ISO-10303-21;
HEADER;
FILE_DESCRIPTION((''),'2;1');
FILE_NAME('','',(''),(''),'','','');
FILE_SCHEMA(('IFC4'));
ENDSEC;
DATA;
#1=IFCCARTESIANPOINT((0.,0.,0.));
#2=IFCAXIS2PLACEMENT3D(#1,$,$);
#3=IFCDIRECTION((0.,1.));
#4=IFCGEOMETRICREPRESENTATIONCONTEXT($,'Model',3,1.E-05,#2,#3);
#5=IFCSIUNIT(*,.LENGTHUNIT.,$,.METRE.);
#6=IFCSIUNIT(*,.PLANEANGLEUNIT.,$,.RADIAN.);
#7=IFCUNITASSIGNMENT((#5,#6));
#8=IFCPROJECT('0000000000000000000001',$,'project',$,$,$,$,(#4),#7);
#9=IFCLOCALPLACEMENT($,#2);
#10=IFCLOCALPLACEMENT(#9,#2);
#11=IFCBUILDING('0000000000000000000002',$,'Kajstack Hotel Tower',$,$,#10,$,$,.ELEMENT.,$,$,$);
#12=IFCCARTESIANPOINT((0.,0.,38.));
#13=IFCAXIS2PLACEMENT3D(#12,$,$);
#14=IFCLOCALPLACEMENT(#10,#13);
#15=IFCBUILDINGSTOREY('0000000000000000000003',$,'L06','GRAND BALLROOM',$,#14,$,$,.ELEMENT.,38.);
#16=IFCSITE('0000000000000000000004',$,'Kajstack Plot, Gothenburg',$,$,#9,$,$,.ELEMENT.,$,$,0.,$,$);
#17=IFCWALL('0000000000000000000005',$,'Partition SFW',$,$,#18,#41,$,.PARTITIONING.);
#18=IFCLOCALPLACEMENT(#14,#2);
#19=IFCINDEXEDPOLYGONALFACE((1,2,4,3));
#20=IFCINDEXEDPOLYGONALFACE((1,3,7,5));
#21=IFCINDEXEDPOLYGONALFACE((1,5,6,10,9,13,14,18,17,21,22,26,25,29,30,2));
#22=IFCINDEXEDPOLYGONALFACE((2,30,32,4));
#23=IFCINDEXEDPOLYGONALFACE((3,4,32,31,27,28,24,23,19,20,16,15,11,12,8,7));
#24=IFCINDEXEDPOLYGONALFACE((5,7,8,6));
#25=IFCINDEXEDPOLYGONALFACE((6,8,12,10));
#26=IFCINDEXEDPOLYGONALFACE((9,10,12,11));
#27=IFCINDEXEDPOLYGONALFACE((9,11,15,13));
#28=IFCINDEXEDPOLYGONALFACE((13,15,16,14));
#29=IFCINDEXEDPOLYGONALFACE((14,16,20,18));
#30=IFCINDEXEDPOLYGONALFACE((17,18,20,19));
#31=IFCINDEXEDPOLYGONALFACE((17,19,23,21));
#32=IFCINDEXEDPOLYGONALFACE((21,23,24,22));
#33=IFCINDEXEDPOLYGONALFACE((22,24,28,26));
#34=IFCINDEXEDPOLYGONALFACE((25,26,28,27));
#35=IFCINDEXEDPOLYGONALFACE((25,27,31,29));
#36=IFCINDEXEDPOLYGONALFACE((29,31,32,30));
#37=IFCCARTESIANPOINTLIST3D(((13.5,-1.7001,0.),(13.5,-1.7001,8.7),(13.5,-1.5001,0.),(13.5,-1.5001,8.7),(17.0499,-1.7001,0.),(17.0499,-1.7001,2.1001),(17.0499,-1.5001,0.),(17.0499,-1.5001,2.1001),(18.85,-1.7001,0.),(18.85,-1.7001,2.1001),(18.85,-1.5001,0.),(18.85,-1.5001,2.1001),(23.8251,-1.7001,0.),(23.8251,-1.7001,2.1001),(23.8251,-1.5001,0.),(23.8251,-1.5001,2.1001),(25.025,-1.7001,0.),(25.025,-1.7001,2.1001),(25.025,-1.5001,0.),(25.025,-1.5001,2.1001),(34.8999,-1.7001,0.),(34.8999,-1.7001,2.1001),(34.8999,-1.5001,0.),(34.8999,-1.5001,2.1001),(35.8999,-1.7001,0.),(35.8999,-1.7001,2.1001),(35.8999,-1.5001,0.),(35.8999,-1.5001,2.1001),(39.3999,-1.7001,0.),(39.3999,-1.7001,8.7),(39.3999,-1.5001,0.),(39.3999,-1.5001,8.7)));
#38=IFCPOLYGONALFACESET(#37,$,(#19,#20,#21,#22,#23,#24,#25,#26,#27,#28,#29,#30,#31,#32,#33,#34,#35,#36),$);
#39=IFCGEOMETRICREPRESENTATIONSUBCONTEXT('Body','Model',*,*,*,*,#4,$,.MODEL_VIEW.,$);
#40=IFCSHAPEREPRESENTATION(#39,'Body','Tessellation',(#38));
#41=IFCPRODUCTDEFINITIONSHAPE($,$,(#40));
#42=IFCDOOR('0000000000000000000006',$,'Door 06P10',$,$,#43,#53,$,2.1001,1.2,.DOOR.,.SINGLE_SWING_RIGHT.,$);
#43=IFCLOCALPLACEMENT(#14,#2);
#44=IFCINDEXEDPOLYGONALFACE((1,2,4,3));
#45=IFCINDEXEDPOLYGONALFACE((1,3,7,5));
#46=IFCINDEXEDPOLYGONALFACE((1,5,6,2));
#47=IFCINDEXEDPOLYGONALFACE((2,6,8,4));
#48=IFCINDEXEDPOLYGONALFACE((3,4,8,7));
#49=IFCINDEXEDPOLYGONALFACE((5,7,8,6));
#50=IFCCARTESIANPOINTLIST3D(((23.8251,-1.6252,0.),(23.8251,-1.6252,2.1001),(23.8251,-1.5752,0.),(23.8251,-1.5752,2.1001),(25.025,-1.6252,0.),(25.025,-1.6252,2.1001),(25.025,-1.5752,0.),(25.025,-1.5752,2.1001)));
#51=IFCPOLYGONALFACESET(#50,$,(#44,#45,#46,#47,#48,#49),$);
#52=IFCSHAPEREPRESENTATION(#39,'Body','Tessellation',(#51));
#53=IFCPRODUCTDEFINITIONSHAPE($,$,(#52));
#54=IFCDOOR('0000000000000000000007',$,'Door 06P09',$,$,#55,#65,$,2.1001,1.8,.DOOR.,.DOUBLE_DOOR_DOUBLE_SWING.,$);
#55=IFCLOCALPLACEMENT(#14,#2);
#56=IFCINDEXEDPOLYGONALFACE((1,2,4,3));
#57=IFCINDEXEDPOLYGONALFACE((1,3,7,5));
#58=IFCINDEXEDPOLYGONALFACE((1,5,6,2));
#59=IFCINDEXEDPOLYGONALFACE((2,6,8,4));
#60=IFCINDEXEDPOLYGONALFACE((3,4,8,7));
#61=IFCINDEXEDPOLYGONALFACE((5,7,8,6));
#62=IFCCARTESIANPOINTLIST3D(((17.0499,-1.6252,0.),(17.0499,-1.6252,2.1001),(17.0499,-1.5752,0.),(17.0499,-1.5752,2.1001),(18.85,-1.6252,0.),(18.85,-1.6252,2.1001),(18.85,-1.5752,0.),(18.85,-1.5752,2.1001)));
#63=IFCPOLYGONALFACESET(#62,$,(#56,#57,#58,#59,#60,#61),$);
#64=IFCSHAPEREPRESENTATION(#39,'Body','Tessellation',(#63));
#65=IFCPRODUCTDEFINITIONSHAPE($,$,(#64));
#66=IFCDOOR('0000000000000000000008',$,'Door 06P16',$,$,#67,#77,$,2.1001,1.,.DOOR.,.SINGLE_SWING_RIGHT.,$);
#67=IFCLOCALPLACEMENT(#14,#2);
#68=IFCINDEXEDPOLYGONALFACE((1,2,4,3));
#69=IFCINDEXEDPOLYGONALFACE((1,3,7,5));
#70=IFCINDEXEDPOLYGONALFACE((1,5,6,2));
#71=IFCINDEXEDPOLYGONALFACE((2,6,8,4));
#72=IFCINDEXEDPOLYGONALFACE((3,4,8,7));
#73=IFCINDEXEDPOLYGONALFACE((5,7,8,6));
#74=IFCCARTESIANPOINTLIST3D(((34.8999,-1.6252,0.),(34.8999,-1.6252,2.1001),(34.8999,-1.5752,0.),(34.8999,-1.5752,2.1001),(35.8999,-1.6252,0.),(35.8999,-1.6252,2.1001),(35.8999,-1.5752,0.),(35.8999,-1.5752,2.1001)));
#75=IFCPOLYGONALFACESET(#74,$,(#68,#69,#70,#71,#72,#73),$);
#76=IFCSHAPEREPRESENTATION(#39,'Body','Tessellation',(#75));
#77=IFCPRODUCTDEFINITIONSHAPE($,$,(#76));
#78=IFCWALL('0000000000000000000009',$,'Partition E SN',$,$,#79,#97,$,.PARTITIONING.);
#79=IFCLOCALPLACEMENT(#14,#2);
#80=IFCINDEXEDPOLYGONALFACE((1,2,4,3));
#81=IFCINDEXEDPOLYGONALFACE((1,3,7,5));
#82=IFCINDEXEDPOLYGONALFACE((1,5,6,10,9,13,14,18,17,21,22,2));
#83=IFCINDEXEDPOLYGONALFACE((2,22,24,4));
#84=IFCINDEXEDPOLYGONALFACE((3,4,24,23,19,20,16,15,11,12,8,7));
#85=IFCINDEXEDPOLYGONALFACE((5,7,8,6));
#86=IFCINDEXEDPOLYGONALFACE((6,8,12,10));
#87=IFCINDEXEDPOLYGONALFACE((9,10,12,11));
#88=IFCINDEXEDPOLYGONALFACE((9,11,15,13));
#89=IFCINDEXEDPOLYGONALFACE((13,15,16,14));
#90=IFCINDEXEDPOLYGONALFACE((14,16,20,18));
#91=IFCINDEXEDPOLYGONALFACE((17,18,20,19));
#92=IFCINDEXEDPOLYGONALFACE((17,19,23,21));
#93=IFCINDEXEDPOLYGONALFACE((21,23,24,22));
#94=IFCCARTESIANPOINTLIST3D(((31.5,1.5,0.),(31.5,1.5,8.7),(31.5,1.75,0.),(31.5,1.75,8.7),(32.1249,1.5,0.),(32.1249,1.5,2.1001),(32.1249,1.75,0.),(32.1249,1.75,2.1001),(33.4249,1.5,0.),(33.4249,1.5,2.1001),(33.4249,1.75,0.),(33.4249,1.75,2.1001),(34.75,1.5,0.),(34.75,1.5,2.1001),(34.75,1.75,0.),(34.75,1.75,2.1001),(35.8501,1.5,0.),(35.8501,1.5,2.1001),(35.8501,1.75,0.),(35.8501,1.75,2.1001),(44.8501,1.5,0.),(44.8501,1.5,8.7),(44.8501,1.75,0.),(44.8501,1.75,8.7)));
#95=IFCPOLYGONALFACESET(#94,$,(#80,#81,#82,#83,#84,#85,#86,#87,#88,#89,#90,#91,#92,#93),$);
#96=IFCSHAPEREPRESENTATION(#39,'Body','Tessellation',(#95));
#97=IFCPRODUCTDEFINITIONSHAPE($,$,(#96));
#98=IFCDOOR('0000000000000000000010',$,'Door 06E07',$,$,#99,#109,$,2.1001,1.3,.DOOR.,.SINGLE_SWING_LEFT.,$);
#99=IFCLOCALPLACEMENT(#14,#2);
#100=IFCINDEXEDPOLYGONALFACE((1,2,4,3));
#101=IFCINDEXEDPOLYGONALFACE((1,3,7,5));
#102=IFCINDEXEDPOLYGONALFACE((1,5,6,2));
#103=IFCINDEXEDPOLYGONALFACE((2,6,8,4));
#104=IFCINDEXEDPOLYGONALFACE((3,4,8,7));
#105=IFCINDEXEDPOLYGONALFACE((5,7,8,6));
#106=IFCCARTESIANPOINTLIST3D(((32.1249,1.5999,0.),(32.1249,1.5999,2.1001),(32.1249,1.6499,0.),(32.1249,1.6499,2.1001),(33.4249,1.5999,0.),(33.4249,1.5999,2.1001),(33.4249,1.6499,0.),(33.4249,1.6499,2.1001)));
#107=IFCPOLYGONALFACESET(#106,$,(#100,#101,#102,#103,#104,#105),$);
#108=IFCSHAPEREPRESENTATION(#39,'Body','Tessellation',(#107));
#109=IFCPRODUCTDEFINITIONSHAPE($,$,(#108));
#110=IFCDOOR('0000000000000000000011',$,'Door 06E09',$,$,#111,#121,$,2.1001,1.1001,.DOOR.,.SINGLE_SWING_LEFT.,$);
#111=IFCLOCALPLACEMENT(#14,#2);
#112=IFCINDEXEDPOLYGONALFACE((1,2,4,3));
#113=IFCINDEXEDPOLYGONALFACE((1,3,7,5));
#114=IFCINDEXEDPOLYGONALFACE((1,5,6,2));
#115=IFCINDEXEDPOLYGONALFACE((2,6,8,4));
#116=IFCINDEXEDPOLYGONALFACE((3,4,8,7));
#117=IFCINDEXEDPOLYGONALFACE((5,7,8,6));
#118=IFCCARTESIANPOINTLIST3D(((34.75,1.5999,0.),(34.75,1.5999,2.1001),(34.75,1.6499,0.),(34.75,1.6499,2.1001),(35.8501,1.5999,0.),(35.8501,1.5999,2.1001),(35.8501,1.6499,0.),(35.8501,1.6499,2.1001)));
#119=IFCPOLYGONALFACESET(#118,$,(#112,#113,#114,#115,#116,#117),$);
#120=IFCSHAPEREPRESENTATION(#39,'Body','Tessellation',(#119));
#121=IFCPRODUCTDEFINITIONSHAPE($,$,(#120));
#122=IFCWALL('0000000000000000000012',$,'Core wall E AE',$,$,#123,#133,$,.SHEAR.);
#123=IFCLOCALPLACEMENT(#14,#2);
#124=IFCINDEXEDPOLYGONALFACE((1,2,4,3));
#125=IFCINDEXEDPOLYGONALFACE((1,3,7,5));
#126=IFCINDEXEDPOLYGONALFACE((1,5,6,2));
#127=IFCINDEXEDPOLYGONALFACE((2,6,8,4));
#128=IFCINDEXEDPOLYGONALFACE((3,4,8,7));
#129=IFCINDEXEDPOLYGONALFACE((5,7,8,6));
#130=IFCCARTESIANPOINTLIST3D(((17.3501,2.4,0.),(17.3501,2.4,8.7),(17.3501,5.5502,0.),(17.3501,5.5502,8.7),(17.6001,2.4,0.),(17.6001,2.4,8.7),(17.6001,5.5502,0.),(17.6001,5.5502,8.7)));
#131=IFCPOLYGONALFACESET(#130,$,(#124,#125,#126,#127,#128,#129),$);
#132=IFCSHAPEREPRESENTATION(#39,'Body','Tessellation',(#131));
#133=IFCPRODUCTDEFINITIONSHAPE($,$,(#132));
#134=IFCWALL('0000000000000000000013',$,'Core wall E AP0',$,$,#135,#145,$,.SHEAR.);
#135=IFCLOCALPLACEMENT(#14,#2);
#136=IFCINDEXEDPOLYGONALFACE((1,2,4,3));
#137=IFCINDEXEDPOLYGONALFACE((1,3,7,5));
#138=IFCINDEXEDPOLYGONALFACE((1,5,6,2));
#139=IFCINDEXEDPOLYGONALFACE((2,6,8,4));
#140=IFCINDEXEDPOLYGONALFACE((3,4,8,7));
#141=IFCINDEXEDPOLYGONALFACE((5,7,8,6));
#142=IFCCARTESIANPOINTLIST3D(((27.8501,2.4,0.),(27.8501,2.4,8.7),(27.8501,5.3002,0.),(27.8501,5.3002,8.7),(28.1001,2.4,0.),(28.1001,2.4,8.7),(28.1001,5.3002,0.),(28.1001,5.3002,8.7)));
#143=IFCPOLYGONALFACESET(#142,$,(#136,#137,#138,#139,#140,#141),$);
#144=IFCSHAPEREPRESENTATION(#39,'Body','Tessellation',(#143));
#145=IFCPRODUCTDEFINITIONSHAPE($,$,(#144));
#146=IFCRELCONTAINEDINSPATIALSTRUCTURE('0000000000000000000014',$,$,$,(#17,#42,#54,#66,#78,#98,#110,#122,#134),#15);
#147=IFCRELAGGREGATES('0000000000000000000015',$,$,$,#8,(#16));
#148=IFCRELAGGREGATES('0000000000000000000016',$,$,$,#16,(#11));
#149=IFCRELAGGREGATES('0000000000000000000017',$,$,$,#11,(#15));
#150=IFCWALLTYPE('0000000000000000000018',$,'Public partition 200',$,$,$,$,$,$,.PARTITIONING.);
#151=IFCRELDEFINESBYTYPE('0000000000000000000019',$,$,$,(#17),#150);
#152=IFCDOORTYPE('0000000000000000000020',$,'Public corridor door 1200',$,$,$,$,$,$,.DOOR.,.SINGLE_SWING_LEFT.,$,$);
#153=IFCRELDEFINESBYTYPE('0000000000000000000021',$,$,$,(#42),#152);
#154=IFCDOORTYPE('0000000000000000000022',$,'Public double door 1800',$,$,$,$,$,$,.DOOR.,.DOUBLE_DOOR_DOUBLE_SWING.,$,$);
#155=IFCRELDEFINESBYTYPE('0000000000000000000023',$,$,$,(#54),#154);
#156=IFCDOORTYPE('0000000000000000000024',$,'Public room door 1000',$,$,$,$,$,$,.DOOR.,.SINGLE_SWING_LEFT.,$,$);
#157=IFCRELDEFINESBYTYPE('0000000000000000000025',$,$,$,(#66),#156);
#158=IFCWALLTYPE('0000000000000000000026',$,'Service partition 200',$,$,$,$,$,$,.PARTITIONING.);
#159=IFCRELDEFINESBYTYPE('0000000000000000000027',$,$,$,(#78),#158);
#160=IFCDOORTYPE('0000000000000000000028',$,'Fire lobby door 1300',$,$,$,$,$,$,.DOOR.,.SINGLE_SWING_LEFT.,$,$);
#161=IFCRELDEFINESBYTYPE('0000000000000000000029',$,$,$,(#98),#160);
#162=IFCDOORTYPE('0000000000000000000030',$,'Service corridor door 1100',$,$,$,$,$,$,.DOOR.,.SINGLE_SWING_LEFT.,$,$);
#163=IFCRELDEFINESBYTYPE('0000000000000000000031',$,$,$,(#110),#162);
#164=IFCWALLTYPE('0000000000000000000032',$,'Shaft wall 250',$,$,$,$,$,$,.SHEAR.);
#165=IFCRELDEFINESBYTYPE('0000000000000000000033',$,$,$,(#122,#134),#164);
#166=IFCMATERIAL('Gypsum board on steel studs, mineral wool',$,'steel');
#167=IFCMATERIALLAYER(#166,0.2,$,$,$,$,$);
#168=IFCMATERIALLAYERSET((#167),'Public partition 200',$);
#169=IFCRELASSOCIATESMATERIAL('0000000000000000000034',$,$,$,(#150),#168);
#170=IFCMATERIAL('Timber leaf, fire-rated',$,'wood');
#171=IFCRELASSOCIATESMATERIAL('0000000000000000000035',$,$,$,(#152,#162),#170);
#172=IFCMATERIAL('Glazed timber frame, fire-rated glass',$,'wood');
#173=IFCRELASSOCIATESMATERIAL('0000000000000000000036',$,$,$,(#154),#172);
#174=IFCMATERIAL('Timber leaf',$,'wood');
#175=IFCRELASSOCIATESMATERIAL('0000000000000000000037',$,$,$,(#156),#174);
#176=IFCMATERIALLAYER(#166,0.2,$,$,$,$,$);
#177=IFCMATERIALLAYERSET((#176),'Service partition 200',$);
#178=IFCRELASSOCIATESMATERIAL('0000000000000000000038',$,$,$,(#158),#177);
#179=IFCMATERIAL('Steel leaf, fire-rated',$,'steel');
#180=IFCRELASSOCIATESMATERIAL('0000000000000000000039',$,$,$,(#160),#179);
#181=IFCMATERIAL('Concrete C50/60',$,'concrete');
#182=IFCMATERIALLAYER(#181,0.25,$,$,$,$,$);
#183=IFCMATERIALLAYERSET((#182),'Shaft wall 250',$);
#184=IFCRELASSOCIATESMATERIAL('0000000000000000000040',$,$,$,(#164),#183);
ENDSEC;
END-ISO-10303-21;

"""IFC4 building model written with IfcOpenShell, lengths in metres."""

from ifc_helpers import new_model, si_unit, direction, frame, frame_2d, origin, place, context, subcontext, project, spatial, rectangle, extrude, material, layer, layer_set, type_object, element, fill, save


model = new_model("IFC4")

# Units and contexts
model_context = context("Model", 3, precision=1e-05, world=origin(), true_north=direction((0.0, 1.0)))
body_context = subcontext(model_context, "Body", "Model", "MODEL_VIEW")
ifc_project = project(units=[si_unit("LENGTHUNIT", "METRE"), si_unit("PLANEANGLEUNIT", "RADIAN")], contexts=[model_context])

# Site, building, storey
site_placement = place(None, origin())
site = spatial("IfcSite", under=ifc_project, at=site_placement, Name="Kajstack Plot, Gothenburg", CompositionType="ELEMENT", RefElevation=0.0)
building_placement = place(site_placement, origin())
building = spatial("IfcBuilding", under=site, at=building_placement, Name="Kajstack Hotel Tower", CompositionType="ELEMENT")
storey_placement = place(building_placement, frame((0.0, 0.0, 38.0)))
storey = spatial("IfcBuildingStorey", under=building, at=storey_placement, Name="L06", Description="GRAND BALLROOM", CompositionType="ELEMENT", Elevation=38.0)

# Shared definitions
ifc_material_1 = material(Name="Concrete C50/60", Category="concrete")
ifc_material_2 = material(Name="Gypsum board on steel studs, mineral wool", Category="steel")
ifc_layer_1 = layer(ifc_material_2, 0.2)
ifc_layer_set_1 = layer_set([ifc_layer_1], Name="Public partition 200")
wall_type_1 = type_object("IfcWallType", Name="Public partition 200", PredefinedType="PARTITIONING", material=ifc_layer_set_1)

# Walls, openings, doors
wall_1_placement = place(storey_placement, frame((13.5, -1.6001, 0.0), z_axis=(0.0, 0.0, 1.0), x_axis=(1.0, 0.0, 0.0)))
wall_1 = element("IfcWall", 1, at=wall_1_placement, inside=storey, type_object=wall_type_1, Name="Partition SFW", PredefinedType="PARTITIONING", context=body_context, shape_type="SweptSolid", body=[
    extrude(rectangle(XDim=25.8999, YDim=0.2, at=frame_2d((12.95, 0.0))), origin(), (0.0, 0.0, 1.0), 8.7),
])
opening_1_placement = place(wall_1_placement, frame((3.55, 0.0, 0.0)))
opening_1 = element("IfcOpeningElement", 2, at=opening_1_placement, cuts=wall_1, PredefinedType="OPENING", context=body_context, shape_type="SweptSolid", body=[
    extrude(rectangle(XDim=1.8, YDim=2.1001, at=frame_2d((0.8999, 1.05))), frame((0.0, 0.1099, 0.0), z_axis=(0.0, -1.0, 0.0), x_axis=(1.0, 0.0, 0.0)), (0.0, 0.0, 1.0), 0.22),
])
opening_2_placement = place(wall_1_placement, frame((10.325, 0.0, 0.0)))
opening_2 = element("IfcOpeningElement", 3, at=opening_2_placement, cuts=wall_1, PredefinedType="OPENING", context=body_context, shape_type="SweptSolid", body=[
    extrude(rectangle(XDim=1.2, YDim=2.1001, at=frame_2d((0.6001, 1.05))), frame((0.0, 0.1099, 0.0), z_axis=(0.0, -1.0, 0.0), x_axis=(1.0, 0.0, 0.0)), (0.0, 0.0, 1.0), 0.22),
])
opening_3_placement = place(wall_1_placement, frame((21.3999, 0.0, 0.0)))
opening_3 = element("IfcOpeningElement", 4, at=opening_3_placement, cuts=wall_1, PredefinedType="OPENING", context=body_context, shape_type="SweptSolid", body=[
    extrude(rectangle(XDim=1.0, YDim=2.1001, at=frame_2d((0.5, 1.05))), frame((0.0, 0.1099, 0.0), z_axis=(0.0, -1.0, 0.0), x_axis=(1.0, 0.0, 0.0)), (0.0, 0.0, 1.0), 0.22),
])
ifc_material_3 = material(Name="Timber leaf, fire-rated", Category="wood")
door_type_1 = type_object("IfcDoorType", Name="Public corridor door 1200", OperationType="SINGLE_SWING_LEFT", PredefinedType="DOOR", material=ifc_material_3)
door_1_placement = place(opening_2_placement, origin())
door_1 = element("IfcDoor", 5, at=door_1_placement, inside=storey, type_object=door_type_1, Name="Door 06P10", OperationType="SINGLE_SWING_RIGHT", OverallHeight=2.1001, OverallWidth=1.2, PredefinedType="DOOR", context=body_context, shape_type="SweptSolid", body=[
    extrude(rectangle(XDim=1.2, YDim=2.1001, at=frame_2d((0.6001, 1.05))), frame((0.0, 0.0249, 0.0), z_axis=(0.0, -1.0, 0.0), x_axis=(1.0, 0.0, 0.0)), (0.0, 0.0, 1.0), 0.05),
])
fill(opening_2, door_1)
ifc_material_4 = material(Name="Glazed timber frame, fire-rated glass", Category="wood")
door_type_2 = type_object("IfcDoorType", Name="Public double door 1800", OperationType="DOUBLE_DOOR_DOUBLE_SWING", PredefinedType="DOOR", material=ifc_material_4)
door_2_placement = place(opening_1_placement, origin())
door_2 = element("IfcDoor", 6, at=door_2_placement, inside=storey, type_object=door_type_2, Name="Door 06P09", OperationType="DOUBLE_DOOR_DOUBLE_SWING", OverallHeight=2.1001, OverallWidth=1.8, PredefinedType="DOOR", context=body_context, shape_type="SweptSolid", body=[
    extrude(rectangle(XDim=1.8, YDim=2.1001, at=frame_2d((0.8999, 1.05))), frame((0.0, 0.0249, 0.0), z_axis=(0.0, -1.0, 0.0), x_axis=(1.0, 0.0, 0.0)), (0.0, 0.0, 1.0), 0.05),
])
fill(opening_1, door_2)
ifc_material_5 = material(Name="Timber leaf", Category="wood")
door_type_3 = type_object("IfcDoorType", Name="Public room door 1000", OperationType="SINGLE_SWING_LEFT", PredefinedType="DOOR", material=ifc_material_5)
door_3_placement = place(opening_3_placement, origin())
door_3 = element("IfcDoor", 7, at=door_3_placement, inside=storey, type_object=door_type_3, Name="Door 06P16", OperationType="SINGLE_SWING_RIGHT", OverallHeight=2.1001, OverallWidth=1.0, PredefinedType="DOOR", context=body_context, shape_type="SweptSolid", body=[
    extrude(rectangle(XDim=1.0, YDim=2.1001, at=frame_2d((0.5, 1.05))), frame((0.0, 0.0249, 0.0), z_axis=(0.0, -1.0, 0.0), x_axis=(1.0, 0.0, 0.0)), (0.0, 0.0, 1.0), 0.05),
])
fill(opening_3, door_3)
ifc_layer_2 = layer(ifc_material_2, 0.2)
ifc_layer_set_2 = layer_set([ifc_layer_2], Name="Service partition 200")
wall_type_2 = type_object("IfcWallType", Name="Service partition 200", PredefinedType="PARTITIONING", material=ifc_layer_set_2)
wall_2_placement = place(storey_placement, frame((31.5, 1.625, 0.0), z_axis=(0.0, 0.0, 1.0), x_axis=(1.0, 0.0, 0.0)))
wall_2 = element("IfcWall", 8, at=wall_2_placement, inside=storey, type_object=wall_type_2, Name="Partition E SN", PredefinedType="PARTITIONING", context=body_context, shape_type="SweptSolid", body=[
    extrude(rectangle(XDim=13.3501, YDim=0.25, at=frame_2d((6.675, 0.0))), origin(), (0.0, 0.0, 1.0), 8.7),
])
opening_4_placement = place(wall_2_placement, frame((0.625, 0.0, 0.0)))
opening_4 = element("IfcOpeningElement", 9, at=opening_4_placement, cuts=wall_2, PredefinedType="OPENING", context=body_context, shape_type="SweptSolid", body=[
    extrude(rectangle(XDim=1.3, YDim=2.1001, at=frame_2d((0.6499, 1.05))), frame((0.0, 0.135, 0.0), z_axis=(0.0, -1.0, 0.0), x_axis=(1.0, 0.0, 0.0)), (0.0, 0.0, 1.0), 0.27),
])
opening_5_placement = place(wall_2_placement, frame((3.25, 0.0, 0.0)))
opening_5 = element("IfcOpeningElement", 10, at=opening_5_placement, cuts=wall_2, PredefinedType="OPENING", context=body_context, shape_type="SweptSolid", body=[
    extrude(rectangle(XDim=1.1001, YDim=2.1001, at=frame_2d((0.55, 1.05))), frame((0.0, 0.135, 0.0), z_axis=(0.0, -1.0, 0.0), x_axis=(1.0, 0.0, 0.0)), (0.0, 0.0, 1.0), 0.27),
])
ifc_material_6 = material(Name="Steel leaf, fire-rated", Category="steel")
door_type_4 = type_object("IfcDoorType", Name="Fire lobby door 1300", OperationType="SINGLE_SWING_LEFT", PredefinedType="DOOR", material=ifc_material_6)
door_4_placement = place(opening_4_placement, origin())
door_4 = element("IfcDoor", 11, at=door_4_placement, inside=storey, type_object=door_type_4, Name="Door 06E07", OperationType="SINGLE_SWING_LEFT", OverallHeight=2.1001, OverallWidth=1.3, PredefinedType="DOOR", context=body_context, shape_type="SweptSolid", body=[
    extrude(rectangle(XDim=1.3, YDim=2.1001, at=frame_2d((0.6499, 1.05))), frame((0.0, 0.0249, 0.0), z_axis=(0.0, -1.0, 0.0), x_axis=(1.0, 0.0, 0.0)), (0.0, 0.0, 1.0), 0.05),
])
fill(opening_4, door_4)
door_type_5 = type_object("IfcDoorType", Name="Service corridor door 1100", OperationType="SINGLE_SWING_LEFT", PredefinedType="DOOR", material=ifc_material_3)
door_5_placement = place(opening_5_placement, origin())
door_5 = element("IfcDoor", 12, at=door_5_placement, inside=storey, type_object=door_type_5, Name="Door 06E09", OperationType="SINGLE_SWING_LEFT", OverallHeight=2.1001, OverallWidth=1.1001, PredefinedType="DOOR", context=body_context, shape_type="SweptSolid", body=[
    extrude(rectangle(XDim=1.1001, YDim=2.1001, at=frame_2d((0.55, 1.05))), frame((0.0, 0.0249, 0.0), z_axis=(0.0, -1.0, 0.0), x_axis=(1.0, 0.0, 0.0)), (0.0, 0.0, 1.0), 0.05),
])
fill(opening_5, door_5)

# Walls
ifc_layer_3 = layer(ifc_material_1, 0.25)
ifc_layer_set_3 = layer_set([ifc_layer_3], Name="Shaft wall 250")
wall_type_3 = type_object("IfcWallType", Name="Shaft wall 250", PredefinedType="SHEAR", material=ifc_layer_set_3)
wall_3_placement = place(storey_placement, frame((17.4751, 2.3999, 0.0), z_axis=(0.0, 0.0, 1.0), x_axis=(0.0, 1.0, 0.0)))
element("IfcWall", 13, at=wall_3_placement, inside=storey, type_object=wall_type_3, Name="Core wall E AE", PredefinedType="SHEAR", context=body_context, shape_type="SweptSolid", body=[
    extrude(rectangle(XDim=3.1501, YDim=0.25, at=frame_2d((1.5752, 0.0))), origin(), (0.0, 0.0, 1.0), 8.7),
])
wall_4_placement = place(storey_placement, frame((27.9751, 2.3999, 0.0), z_axis=(0.0, 0.0, 1.0), x_axis=(0.0, 1.0, 0.0)))
element("IfcWall", 14, at=wall_4_placement, inside=storey, type_object=wall_type_3, Name="Core wall E AP0", PredefinedType="SHEAR", context=body_context, shape_type="SweptSolid", body=[
    extrude(rectangle(XDim=2.9001, YDim=0.25, at=frame_2d((1.4502, 0.0))), origin(), (0.0, 0.0, 1.0), 8.7),
])

save(model, "model.ifc")
